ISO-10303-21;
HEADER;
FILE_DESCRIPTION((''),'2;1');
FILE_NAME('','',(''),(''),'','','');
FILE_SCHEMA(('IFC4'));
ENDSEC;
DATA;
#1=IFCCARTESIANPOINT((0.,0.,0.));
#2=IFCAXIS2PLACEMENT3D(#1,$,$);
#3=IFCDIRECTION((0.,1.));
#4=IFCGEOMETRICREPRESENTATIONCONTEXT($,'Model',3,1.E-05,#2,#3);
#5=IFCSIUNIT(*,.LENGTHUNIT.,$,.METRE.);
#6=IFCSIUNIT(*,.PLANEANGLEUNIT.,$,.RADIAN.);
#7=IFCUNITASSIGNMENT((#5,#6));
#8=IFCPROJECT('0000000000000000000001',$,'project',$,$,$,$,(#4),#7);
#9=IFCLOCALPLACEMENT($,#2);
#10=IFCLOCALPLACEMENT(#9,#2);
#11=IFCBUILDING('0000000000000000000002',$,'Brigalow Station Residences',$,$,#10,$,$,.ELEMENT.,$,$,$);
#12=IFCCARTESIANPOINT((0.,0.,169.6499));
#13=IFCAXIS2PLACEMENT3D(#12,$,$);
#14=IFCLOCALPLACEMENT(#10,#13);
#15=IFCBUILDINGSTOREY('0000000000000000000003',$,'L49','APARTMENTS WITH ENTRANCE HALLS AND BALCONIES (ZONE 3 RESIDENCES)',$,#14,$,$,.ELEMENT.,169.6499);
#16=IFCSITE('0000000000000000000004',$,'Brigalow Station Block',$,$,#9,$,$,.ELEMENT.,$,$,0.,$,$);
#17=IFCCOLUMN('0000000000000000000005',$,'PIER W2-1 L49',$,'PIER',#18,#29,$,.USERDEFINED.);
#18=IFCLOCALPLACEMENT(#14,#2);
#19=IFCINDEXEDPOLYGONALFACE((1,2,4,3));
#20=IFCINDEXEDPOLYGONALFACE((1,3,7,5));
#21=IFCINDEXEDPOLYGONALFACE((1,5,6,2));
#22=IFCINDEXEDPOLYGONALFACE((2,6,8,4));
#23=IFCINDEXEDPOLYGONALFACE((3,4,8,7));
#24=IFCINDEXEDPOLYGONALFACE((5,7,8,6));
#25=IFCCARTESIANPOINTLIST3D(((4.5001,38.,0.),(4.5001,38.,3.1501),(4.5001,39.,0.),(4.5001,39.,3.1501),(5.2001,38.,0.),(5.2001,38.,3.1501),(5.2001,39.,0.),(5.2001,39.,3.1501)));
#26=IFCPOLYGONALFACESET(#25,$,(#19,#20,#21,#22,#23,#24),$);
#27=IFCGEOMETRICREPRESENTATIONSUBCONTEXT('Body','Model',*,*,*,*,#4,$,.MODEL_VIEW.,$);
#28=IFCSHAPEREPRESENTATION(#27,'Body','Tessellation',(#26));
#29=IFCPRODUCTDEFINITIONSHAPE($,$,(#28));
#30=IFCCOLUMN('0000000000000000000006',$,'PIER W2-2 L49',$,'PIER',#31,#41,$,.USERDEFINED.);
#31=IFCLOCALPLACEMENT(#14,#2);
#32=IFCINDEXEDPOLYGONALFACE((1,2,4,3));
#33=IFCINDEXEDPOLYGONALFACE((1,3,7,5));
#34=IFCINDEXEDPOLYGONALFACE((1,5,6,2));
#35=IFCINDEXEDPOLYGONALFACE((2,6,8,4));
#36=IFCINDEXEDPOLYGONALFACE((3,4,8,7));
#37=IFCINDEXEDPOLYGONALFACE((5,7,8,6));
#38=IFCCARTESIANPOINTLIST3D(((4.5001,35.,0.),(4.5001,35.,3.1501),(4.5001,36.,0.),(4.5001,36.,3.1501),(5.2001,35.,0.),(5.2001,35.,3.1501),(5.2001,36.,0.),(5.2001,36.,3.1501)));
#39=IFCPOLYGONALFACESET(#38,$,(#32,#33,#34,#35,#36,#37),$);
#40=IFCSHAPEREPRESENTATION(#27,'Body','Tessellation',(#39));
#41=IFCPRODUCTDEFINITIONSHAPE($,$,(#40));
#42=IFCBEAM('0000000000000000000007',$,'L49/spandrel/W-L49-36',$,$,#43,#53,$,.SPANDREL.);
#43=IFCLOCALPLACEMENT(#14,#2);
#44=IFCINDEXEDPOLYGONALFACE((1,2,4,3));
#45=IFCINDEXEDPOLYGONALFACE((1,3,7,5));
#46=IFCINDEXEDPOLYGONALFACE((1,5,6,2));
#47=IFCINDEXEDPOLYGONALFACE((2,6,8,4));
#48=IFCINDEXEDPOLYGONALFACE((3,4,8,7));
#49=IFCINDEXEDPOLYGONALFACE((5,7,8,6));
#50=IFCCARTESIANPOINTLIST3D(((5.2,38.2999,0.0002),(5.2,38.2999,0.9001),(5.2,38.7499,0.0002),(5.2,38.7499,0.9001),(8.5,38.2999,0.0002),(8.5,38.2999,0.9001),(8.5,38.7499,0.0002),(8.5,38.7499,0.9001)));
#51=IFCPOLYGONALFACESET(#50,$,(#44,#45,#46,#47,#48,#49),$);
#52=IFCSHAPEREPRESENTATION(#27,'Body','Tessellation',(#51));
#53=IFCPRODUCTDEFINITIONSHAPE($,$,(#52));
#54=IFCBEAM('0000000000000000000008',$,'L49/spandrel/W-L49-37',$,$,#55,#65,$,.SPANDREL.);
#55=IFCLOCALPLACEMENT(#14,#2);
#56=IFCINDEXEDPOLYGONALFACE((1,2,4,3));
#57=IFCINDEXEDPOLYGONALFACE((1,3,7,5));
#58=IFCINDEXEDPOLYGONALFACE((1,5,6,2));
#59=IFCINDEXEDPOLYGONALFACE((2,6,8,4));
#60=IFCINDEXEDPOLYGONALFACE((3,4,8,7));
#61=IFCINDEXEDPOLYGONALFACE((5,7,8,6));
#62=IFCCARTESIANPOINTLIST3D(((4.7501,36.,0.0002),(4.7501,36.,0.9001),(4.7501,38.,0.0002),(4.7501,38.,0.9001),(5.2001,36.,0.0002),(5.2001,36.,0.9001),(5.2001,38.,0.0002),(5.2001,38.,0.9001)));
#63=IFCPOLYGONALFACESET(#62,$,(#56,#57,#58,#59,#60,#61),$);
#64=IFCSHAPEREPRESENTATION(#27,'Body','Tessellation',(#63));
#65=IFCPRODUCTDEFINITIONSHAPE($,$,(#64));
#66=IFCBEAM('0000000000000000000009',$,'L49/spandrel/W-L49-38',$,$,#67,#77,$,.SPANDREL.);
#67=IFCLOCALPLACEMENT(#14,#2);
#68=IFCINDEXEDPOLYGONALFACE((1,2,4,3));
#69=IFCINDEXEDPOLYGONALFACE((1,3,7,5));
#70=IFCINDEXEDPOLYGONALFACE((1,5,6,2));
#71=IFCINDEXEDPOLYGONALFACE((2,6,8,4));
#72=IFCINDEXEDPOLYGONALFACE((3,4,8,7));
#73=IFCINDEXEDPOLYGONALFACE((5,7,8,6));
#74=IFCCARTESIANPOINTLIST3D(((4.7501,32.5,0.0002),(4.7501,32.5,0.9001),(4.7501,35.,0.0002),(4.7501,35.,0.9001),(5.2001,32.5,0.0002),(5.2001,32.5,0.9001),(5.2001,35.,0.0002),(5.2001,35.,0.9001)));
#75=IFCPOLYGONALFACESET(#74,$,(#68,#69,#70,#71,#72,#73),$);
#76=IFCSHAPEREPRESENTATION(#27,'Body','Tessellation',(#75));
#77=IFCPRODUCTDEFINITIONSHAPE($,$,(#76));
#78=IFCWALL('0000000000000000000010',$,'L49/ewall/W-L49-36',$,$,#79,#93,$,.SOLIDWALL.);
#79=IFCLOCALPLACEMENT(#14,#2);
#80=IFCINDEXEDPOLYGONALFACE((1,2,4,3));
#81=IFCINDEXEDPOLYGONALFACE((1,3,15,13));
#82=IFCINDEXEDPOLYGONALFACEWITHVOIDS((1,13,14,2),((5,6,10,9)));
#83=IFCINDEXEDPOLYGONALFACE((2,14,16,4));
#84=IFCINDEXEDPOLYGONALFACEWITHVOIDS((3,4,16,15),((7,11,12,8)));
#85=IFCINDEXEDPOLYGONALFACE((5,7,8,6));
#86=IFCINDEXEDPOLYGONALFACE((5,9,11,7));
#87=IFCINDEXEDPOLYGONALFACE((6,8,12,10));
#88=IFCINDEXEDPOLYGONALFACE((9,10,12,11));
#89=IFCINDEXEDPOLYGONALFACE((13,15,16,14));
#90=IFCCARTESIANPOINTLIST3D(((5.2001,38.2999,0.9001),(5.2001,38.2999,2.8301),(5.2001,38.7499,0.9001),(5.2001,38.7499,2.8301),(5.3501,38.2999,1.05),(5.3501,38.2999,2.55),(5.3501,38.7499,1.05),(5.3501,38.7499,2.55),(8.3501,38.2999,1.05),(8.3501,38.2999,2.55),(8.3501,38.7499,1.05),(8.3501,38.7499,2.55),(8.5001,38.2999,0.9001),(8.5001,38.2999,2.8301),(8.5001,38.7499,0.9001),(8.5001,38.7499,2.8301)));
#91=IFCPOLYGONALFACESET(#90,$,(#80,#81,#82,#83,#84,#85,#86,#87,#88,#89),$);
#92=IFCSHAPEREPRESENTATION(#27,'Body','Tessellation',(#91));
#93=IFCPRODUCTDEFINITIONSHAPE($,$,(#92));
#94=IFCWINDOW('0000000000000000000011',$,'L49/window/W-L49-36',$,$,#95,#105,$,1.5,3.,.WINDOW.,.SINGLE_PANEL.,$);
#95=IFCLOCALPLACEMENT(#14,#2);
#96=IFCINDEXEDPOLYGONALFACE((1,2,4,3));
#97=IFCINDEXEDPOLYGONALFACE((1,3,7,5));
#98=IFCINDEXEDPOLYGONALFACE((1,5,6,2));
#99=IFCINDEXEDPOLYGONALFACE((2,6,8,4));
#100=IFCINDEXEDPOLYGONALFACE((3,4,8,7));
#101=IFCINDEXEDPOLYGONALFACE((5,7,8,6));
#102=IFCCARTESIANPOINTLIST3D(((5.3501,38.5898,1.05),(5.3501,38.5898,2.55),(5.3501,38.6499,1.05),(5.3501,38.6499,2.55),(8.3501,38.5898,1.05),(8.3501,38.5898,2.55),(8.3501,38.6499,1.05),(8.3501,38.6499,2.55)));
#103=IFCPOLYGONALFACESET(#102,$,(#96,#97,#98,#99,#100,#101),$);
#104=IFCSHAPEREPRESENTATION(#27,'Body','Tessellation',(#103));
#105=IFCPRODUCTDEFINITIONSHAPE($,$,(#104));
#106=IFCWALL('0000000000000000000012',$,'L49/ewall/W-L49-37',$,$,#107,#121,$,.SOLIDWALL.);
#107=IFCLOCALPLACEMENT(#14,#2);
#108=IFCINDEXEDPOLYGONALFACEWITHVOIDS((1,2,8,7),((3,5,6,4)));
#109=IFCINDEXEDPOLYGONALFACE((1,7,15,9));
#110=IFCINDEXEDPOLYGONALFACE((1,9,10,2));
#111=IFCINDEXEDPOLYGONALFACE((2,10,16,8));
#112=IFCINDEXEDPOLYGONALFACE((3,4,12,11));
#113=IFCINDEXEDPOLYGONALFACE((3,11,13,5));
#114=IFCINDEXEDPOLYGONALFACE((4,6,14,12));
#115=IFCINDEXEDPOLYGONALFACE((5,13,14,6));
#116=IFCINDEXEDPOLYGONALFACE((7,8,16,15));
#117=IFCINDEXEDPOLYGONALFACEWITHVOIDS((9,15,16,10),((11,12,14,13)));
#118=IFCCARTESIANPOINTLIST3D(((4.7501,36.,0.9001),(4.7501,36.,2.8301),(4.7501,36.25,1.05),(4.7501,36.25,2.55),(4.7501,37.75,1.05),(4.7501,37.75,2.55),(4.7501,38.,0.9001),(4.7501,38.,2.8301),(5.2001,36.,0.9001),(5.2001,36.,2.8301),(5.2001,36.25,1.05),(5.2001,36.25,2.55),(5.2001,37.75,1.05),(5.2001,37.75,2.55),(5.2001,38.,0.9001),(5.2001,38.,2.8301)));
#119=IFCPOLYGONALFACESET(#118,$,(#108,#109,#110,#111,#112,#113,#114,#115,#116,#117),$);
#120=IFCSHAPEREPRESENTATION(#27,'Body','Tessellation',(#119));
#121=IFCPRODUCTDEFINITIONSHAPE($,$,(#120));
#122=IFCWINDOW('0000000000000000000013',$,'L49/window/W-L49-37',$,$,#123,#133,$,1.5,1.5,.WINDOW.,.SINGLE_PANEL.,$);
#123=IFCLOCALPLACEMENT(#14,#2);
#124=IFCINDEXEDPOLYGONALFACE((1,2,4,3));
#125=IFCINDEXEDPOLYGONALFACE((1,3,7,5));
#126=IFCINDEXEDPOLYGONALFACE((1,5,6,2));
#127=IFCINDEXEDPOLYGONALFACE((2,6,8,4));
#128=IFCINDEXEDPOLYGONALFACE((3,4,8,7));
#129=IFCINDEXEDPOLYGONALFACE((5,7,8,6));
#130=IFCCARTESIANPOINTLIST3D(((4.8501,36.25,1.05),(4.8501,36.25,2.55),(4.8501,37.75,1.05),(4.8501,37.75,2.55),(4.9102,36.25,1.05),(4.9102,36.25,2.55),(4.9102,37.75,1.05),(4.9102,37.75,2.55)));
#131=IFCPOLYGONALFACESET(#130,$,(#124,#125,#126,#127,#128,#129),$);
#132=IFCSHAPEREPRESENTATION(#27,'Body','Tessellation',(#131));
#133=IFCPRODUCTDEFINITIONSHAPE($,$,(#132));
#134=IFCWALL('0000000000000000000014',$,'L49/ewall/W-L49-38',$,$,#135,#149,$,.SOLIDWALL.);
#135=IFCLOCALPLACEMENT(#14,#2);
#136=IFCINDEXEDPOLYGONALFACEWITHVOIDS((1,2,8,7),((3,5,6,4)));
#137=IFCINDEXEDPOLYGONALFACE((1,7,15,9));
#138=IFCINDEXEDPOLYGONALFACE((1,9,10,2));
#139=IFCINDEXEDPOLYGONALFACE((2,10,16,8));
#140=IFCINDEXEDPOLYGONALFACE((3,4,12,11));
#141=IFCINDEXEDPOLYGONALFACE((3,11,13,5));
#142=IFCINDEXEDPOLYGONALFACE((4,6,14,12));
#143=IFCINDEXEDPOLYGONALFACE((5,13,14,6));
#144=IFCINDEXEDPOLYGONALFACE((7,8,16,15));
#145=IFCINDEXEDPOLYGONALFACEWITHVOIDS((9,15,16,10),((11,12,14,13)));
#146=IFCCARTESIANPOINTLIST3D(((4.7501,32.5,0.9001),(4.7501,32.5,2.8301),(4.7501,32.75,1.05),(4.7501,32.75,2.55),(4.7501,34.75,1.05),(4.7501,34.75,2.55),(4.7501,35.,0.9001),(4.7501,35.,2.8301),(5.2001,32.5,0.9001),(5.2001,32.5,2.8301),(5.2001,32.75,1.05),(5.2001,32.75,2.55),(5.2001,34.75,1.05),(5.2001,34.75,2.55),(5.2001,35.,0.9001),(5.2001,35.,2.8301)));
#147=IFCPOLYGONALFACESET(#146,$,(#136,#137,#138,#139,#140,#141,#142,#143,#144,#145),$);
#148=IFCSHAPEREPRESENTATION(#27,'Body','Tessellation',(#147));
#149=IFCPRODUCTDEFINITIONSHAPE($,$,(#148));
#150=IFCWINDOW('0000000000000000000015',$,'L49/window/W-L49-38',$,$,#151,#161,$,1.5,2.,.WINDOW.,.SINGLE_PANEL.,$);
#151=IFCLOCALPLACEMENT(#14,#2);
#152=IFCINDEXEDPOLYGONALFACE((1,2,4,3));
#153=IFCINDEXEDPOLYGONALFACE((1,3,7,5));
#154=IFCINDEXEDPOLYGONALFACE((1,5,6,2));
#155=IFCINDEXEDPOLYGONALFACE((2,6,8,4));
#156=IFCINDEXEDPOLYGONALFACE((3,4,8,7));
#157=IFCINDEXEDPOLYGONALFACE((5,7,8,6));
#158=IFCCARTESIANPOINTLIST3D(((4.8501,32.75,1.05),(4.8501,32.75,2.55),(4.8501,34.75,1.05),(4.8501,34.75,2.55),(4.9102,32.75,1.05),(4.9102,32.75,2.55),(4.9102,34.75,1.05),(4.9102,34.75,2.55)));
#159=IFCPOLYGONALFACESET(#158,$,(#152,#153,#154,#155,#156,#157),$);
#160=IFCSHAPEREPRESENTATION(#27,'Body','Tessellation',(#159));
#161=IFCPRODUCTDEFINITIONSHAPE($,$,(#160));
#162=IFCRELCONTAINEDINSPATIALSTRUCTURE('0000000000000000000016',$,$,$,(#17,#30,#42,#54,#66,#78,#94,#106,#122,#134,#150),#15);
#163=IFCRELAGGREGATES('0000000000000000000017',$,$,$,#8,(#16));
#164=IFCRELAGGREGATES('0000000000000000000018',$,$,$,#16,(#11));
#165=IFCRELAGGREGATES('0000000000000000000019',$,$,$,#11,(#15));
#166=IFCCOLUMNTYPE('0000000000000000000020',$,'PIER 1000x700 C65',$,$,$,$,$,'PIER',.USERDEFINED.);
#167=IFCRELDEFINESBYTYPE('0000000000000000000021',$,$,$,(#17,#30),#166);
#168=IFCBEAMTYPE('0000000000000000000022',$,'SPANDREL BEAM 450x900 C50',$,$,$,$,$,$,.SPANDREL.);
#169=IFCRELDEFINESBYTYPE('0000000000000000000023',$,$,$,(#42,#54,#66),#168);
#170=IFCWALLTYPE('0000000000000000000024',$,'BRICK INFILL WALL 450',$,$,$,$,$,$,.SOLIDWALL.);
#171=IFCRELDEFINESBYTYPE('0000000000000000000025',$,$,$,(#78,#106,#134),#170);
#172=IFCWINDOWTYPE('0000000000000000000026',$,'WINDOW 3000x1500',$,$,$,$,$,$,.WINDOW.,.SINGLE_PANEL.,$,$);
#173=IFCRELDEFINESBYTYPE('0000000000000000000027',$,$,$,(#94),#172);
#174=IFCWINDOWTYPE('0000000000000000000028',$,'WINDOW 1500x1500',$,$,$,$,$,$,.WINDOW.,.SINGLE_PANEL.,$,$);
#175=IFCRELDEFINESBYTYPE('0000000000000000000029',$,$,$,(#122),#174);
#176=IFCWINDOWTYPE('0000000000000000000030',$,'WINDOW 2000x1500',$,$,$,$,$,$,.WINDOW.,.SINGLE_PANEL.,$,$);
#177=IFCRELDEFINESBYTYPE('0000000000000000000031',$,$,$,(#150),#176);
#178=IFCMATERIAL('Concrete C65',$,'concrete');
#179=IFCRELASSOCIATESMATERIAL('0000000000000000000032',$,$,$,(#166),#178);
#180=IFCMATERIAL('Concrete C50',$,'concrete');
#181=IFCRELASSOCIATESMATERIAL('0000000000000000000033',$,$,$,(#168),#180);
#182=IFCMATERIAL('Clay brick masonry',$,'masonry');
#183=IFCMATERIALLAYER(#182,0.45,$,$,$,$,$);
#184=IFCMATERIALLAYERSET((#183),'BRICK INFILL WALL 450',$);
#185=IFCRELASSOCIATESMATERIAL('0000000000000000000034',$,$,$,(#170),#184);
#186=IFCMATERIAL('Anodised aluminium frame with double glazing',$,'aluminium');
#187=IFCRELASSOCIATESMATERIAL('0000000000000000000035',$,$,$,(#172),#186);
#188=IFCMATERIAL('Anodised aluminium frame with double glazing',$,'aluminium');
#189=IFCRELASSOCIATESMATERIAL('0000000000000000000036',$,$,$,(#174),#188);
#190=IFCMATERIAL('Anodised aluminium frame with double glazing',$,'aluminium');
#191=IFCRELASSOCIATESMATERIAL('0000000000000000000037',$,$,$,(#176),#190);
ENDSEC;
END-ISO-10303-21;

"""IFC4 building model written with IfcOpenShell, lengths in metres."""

from ifc_helpers import new_model, si_unit, direction, frame, frame_2d, origin, origin_2d, place, context, subcontext, project, spatial, rectangle, extrude, material, layer, layer_set, material_profile, profile_set, type_object, element, fill, save


model = new_model("IFC4")

# Units and contexts
model_context = context("Model", 3, precision=1e-05, world=origin(), true_north=direction((0.0, 1.0)))
body_context = subcontext(model_context, "Body", "Model", "MODEL_VIEW")
ifc_project = project(units=[si_unit("LENGTHUNIT", "METRE"), si_unit("PLANEANGLEUNIT", "RADIAN")], contexts=[model_context])

# Site, building, storey
site_placement = place(None, origin())
site = spatial("IfcSite", under=ifc_project, at=site_placement, Name="Brigalow Station Block", CompositionType="ELEMENT", RefElevation=0.0)
building_placement = place(site_placement, origin())
building = spatial("IfcBuilding", under=site, at=building_placement, Name="Brigalow Station Residences", CompositionType="ELEMENT")
storey_placement = place(building_placement, frame((0.0, 0.0, 169.6499)))
storey = spatial("IfcBuildingStorey", under=building, at=storey_placement, Name="L49", Description="APARTMENTS WITH ENTRANCE HALLS AND BALCONIES (ZONE 3 RESIDENCES)", CompositionType="ELEMENT", Elevation=169.6499)

# Columns
ifc_material_1 = material(Name="Concrete C65", Category="concrete")
ifc_material_profile_1 = material_profile(ifc_material_1, rectangle(XDim=1.0, YDim=0.7, at=origin_2d()), Name="RC1000x700")
ifc_profile_set_1 = profile_set([ifc_material_profile_1], Name="Concrete C65")
column_type = type_object("IfcColumnType", Name="PIER 1000x700 C65", ElementType="PIER", PredefinedType="USERDEFINED", material=ifc_profile_set_1)
for number, where, z_axis, x_axis, name in (
    (1, (4.8501, 38.5, 0.0), (0.0, 0.0, 1.0), (0.0, -1.0, 0.0), "PIER W2-1 L49"),
    (2, (4.8501, 35.5, 0.0), (0.0, 0.0, 1.0), (0.0, -1.0, 0.0), "PIER W2-2 L49"),
):
    element("IfcColumn", number, at=place(storey_placement, frame(where, z_axis=z_axis, x_axis=x_axis)), inside=storey, type_object=column_type, Name=name, ObjectType="PIER", PredefinedType="USERDEFINED", context=body_context, shape_type="SweptSolid", body=[
        extrude(rectangle(XDim=1.0, YDim=0.7, at=origin_2d()), origin(), (0.0, 0.0, 1.0), 3.1501),
    ])

# Beams
ifc_material_2 = material(Name="Concrete C50", Category="concrete")
ifc_material_profile_2 = material_profile(ifc_material_2, rectangle(XDim=0.45, YDim=0.8999, at=origin_2d()), Name="RC450x900")
ifc_profile_set_2 = profile_set([ifc_material_profile_2], Name="Concrete C50")
beam_type = type_object("IfcBeamType", Name="SPANDREL BEAM 450x900 C50", PredefinedType="SPANDREL", material=ifc_profile_set_2)
beam_1_placement = place(storey_placement, frame((8.5, 38.5249, 0.4502), z_axis=(-1.0, 0.0, 0.0), x_axis=(0.0, -1.0, 0.0)))
element("IfcBeam", 3, at=beam_1_placement, inside=storey, type_object=beam_type, Name="L49/spandrel/W-L49-36", PredefinedType="SPANDREL", context=body_context, shape_type="SweptSolid", body=[
    extrude(rectangle(XDim=0.45, YDim=0.8999, at=origin_2d()), origin(), (0.0, 0.0, 1.0), 3.3),
])
beam_2_placement = place(storey_placement, frame((4.9751, 38.0, 0.4502), z_axis=(0.0, -1.0, 0.0), x_axis=(1.0, 0.0, 0.0)))
element("IfcBeam", 4, at=beam_2_placement, inside=storey, type_object=beam_type, Name="L49/spandrel/W-L49-37", PredefinedType="SPANDREL", context=body_context, shape_type="SweptSolid", body=[
    extrude(rectangle(XDim=0.45, YDim=0.8999, at=origin_2d()), origin(), (0.0, 0.0, 1.0), 2.0),
])
beam_3_placement = place(storey_placement, frame((4.9751, 35.0, 0.4502), z_axis=(0.0, -1.0, 0.0), x_axis=(1.0, 0.0, 0.0)))
element("IfcBeam", 5, at=beam_3_placement, inside=storey, type_object=beam_type, Name="L49/spandrel/W-L49-38", PredefinedType="SPANDREL", context=body_context, shape_type="SweptSolid", body=[
    extrude(rectangle(XDim=0.45, YDim=0.8999, at=origin_2d()), origin(), (0.0, 0.0, 1.0), 2.5),
])

# Walls, openings, windows
ifc_material_3 = material(Name="Clay brick masonry", Category="masonry")
ifc_layer_1 = layer(ifc_material_3, 0.45)
ifc_layer_set_1 = layer_set([ifc_layer_1], Name="BRICK INFILL WALL 450")
wall_type_1 = type_object("IfcWallType", Name="BRICK INFILL WALL 450", PredefinedType="SOLIDWALL", material=ifc_layer_set_1)
wall_1_placement = place(storey_placement, frame((8.5, 38.5249, 0.9001), z_axis=(0.0, 0.0, 1.0), x_axis=(-1.0, 0.0, 0.0)))
wall_1 = element("IfcWall", 6, at=wall_1_placement, inside=storey, type_object=wall_type_1, Name="L49/ewall/W-L49-36", PredefinedType="SOLIDWALL", context=body_context, shape_type="SweptSolid", body=[
    extrude(rectangle(XDim=3.3, YDim=0.45, at=frame_2d((1.6499, 0.0))), origin(), (0.0, 0.0, 1.0), 1.9299),
])
opening_1_placement = place(wall_1_placement, frame((0.1499, 0.0, 0.1499)))
opening_1 = element("IfcOpeningElement", 7, at=opening_1_placement, cuts=wall_1, PredefinedType="OPENING", context=body_context, shape_type="SweptSolid", body=[
    extrude(rectangle(XDim=3.0, YDim=1.5, at=frame_2d((1.5, 0.75))), frame((0.0, 0.2349, 0.0), z_axis=(0.0, -1.0, 0.0), x_axis=(1.0, 0.0, 0.0)), (0.0, 0.0, 1.0), 0.47),
])
ifc_material_4 = material(Name="Anodised aluminium frame with double glazing", Category="aluminium")
window_type_1 = type_object("IfcWindowType", Name="WINDOW 3000x1500", PartitioningType="SINGLE_PANEL", PredefinedType="WINDOW", material=ifc_material_4)
window_1_placement = place(opening_1_placement, origin())
window_1 = element("IfcWindow", 8, at=window_1_placement, inside=storey, type_object=window_type_1, Name="L49/window/W-L49-36", OverallHeight=1.5, OverallWidth=3.0, PartitioningType="SINGLE_PANEL", PredefinedType="WINDOW", context=body_context, shape_type="SweptSolid", body=[
    extrude(rectangle(XDim=3.0, YDim=1.5, at=frame_2d((1.5, 0.75))), frame((0.0, -0.0649, 0.0), z_axis=(0.0, -1.0, 0.0), x_axis=(1.0, 0.0, 0.0)), (0.0, 0.0, 1.0), 0.0601),
])
fill(opening_1, window_1)
wall_2_placement = place(storey_placement, frame((4.9751, 38.0, 0.9001), z_axis=(0.0, 0.0, 1.0), x_axis=(0.0, -1.0, 0.0)))
wall_2 = element("IfcWall", 9, at=wall_2_placement, inside=storey, type_object=wall_type_1, Name="L49/ewall/W-L49-37", PredefinedType="SOLIDWALL", context=body_context, shape_type="SweptSolid", body=[
    extrude(rectangle(XDim=2.0, YDim=0.45, at=frame_2d((1.0, 0.0))), origin(), (0.0, 0.0, 1.0), 1.9299),
])
opening_2_placement = place(wall_2_placement, frame((0.25, 0.0, 0.1499)))
opening_2 = element("IfcOpeningElement", 10, at=opening_2_placement, cuts=wall_2, PredefinedType="OPENING", context=body_context, shape_type="SweptSolid", body=[
    extrude(rectangle(XDim=1.5, YDim=1.5, at=frame_2d((0.75, 0.75))), frame((0.0, 0.2349, 0.0), z_axis=(0.0, -1.0, 0.0), x_axis=(1.0, 0.0, 0.0)), (0.0, 0.0, 1.0), 0.47),
])
ifc_material_5 = material(Name="Anodised aluminium frame with double glazing", Category="aluminium")
window_type_2 = type_object("IfcWindowType", Name="WINDOW 1500x1500", PartitioningType="SINGLE_PANEL", PredefinedType="WINDOW", material=ifc_material_5)
window_2_placement = place(opening_2_placement, origin())
window_2 = element("IfcWindow", 11, at=window_2_placement, inside=storey, type_object=window_type_2, Name="L49/window/W-L49-37", OverallHeight=1.5, OverallWidth=1.5, PartitioningType="SINGLE_PANEL", PredefinedType="WINDOW", context=body_context, shape_type="SweptSolid", body=[
    extrude(rectangle(XDim=1.5, YDim=1.5, at=frame_2d((0.75, 0.75))), frame((0.0, -0.0649, 0.0), z_axis=(0.0, -1.0, 0.0), x_axis=(1.0, 0.0, 0.0)), (0.0, 0.0, 1.0), 0.0601),
])
fill(opening_2, window_2)
wall_3_placement = place(storey_placement, frame((4.9751, 35.0, 0.9001), z_axis=(0.0, 0.0, 1.0), x_axis=(0.0, -1.0, 0.0)))
wall_3 = element("IfcWall", 12, at=wall_3_placement, inside=storey, type_object=wall_type_1, Name="L49/ewall/W-L49-38", PredefinedType="SOLIDWALL", context=body_context, shape_type="SweptSolid", body=[
    extrude(rectangle(XDim=2.5, YDim=0.45, at=frame_2d((1.25, 0.0))), origin(), (0.0, 0.0, 1.0), 1.9299),
])
opening_3_placement = place(wall_3_placement, frame((0.25, 0.0, 0.1499)))
opening_3 = element("IfcOpeningElement", 13, at=opening_3_placement, cuts=wall_3, PredefinedType="OPENING", context=body_context, shape_type="SweptSolid", body=[
    extrude(rectangle(XDim=2.0, YDim=1.5, at=frame_2d((1.0, 0.75))), frame((0.0, 0.2349, 0.0), z_axis=(0.0, -1.0, 0.0), x_axis=(1.0, 0.0, 0.0)), (0.0, 0.0, 1.0), 0.47),
])
ifc_material_6 = material(Name="Anodised aluminium frame with double glazing", Category="aluminium")
window_type_3 = type_object("IfcWindowType", Name="WINDOW 2000x1500", PartitioningType="SINGLE_PANEL", PredefinedType="WINDOW", material=ifc_material_6)
window_3_placement = place(opening_3_placement, origin())
window_3 = element("IfcWindow", 14, at=window_3_placement, inside=storey, type_object=window_type_3, Name="L49/window/W-L49-38", OverallHeight=1.5, OverallWidth=2.0, PartitioningType="SINGLE_PANEL", PredefinedType="WINDOW", context=body_context, shape_type="SweptSolid", body=[
    extrude(rectangle(XDim=2.0, YDim=1.5, at=frame_2d((1.0, 0.75))), frame((0.0, -0.0649, 0.0), z_axis=(0.0, -1.0, 0.0), x_axis=(1.0, 0.0, 0.0)), (0.0, 0.0, 1.0), 0.0601),
])
fill(opening_3, window_3)

save(model, "model.ifc")
